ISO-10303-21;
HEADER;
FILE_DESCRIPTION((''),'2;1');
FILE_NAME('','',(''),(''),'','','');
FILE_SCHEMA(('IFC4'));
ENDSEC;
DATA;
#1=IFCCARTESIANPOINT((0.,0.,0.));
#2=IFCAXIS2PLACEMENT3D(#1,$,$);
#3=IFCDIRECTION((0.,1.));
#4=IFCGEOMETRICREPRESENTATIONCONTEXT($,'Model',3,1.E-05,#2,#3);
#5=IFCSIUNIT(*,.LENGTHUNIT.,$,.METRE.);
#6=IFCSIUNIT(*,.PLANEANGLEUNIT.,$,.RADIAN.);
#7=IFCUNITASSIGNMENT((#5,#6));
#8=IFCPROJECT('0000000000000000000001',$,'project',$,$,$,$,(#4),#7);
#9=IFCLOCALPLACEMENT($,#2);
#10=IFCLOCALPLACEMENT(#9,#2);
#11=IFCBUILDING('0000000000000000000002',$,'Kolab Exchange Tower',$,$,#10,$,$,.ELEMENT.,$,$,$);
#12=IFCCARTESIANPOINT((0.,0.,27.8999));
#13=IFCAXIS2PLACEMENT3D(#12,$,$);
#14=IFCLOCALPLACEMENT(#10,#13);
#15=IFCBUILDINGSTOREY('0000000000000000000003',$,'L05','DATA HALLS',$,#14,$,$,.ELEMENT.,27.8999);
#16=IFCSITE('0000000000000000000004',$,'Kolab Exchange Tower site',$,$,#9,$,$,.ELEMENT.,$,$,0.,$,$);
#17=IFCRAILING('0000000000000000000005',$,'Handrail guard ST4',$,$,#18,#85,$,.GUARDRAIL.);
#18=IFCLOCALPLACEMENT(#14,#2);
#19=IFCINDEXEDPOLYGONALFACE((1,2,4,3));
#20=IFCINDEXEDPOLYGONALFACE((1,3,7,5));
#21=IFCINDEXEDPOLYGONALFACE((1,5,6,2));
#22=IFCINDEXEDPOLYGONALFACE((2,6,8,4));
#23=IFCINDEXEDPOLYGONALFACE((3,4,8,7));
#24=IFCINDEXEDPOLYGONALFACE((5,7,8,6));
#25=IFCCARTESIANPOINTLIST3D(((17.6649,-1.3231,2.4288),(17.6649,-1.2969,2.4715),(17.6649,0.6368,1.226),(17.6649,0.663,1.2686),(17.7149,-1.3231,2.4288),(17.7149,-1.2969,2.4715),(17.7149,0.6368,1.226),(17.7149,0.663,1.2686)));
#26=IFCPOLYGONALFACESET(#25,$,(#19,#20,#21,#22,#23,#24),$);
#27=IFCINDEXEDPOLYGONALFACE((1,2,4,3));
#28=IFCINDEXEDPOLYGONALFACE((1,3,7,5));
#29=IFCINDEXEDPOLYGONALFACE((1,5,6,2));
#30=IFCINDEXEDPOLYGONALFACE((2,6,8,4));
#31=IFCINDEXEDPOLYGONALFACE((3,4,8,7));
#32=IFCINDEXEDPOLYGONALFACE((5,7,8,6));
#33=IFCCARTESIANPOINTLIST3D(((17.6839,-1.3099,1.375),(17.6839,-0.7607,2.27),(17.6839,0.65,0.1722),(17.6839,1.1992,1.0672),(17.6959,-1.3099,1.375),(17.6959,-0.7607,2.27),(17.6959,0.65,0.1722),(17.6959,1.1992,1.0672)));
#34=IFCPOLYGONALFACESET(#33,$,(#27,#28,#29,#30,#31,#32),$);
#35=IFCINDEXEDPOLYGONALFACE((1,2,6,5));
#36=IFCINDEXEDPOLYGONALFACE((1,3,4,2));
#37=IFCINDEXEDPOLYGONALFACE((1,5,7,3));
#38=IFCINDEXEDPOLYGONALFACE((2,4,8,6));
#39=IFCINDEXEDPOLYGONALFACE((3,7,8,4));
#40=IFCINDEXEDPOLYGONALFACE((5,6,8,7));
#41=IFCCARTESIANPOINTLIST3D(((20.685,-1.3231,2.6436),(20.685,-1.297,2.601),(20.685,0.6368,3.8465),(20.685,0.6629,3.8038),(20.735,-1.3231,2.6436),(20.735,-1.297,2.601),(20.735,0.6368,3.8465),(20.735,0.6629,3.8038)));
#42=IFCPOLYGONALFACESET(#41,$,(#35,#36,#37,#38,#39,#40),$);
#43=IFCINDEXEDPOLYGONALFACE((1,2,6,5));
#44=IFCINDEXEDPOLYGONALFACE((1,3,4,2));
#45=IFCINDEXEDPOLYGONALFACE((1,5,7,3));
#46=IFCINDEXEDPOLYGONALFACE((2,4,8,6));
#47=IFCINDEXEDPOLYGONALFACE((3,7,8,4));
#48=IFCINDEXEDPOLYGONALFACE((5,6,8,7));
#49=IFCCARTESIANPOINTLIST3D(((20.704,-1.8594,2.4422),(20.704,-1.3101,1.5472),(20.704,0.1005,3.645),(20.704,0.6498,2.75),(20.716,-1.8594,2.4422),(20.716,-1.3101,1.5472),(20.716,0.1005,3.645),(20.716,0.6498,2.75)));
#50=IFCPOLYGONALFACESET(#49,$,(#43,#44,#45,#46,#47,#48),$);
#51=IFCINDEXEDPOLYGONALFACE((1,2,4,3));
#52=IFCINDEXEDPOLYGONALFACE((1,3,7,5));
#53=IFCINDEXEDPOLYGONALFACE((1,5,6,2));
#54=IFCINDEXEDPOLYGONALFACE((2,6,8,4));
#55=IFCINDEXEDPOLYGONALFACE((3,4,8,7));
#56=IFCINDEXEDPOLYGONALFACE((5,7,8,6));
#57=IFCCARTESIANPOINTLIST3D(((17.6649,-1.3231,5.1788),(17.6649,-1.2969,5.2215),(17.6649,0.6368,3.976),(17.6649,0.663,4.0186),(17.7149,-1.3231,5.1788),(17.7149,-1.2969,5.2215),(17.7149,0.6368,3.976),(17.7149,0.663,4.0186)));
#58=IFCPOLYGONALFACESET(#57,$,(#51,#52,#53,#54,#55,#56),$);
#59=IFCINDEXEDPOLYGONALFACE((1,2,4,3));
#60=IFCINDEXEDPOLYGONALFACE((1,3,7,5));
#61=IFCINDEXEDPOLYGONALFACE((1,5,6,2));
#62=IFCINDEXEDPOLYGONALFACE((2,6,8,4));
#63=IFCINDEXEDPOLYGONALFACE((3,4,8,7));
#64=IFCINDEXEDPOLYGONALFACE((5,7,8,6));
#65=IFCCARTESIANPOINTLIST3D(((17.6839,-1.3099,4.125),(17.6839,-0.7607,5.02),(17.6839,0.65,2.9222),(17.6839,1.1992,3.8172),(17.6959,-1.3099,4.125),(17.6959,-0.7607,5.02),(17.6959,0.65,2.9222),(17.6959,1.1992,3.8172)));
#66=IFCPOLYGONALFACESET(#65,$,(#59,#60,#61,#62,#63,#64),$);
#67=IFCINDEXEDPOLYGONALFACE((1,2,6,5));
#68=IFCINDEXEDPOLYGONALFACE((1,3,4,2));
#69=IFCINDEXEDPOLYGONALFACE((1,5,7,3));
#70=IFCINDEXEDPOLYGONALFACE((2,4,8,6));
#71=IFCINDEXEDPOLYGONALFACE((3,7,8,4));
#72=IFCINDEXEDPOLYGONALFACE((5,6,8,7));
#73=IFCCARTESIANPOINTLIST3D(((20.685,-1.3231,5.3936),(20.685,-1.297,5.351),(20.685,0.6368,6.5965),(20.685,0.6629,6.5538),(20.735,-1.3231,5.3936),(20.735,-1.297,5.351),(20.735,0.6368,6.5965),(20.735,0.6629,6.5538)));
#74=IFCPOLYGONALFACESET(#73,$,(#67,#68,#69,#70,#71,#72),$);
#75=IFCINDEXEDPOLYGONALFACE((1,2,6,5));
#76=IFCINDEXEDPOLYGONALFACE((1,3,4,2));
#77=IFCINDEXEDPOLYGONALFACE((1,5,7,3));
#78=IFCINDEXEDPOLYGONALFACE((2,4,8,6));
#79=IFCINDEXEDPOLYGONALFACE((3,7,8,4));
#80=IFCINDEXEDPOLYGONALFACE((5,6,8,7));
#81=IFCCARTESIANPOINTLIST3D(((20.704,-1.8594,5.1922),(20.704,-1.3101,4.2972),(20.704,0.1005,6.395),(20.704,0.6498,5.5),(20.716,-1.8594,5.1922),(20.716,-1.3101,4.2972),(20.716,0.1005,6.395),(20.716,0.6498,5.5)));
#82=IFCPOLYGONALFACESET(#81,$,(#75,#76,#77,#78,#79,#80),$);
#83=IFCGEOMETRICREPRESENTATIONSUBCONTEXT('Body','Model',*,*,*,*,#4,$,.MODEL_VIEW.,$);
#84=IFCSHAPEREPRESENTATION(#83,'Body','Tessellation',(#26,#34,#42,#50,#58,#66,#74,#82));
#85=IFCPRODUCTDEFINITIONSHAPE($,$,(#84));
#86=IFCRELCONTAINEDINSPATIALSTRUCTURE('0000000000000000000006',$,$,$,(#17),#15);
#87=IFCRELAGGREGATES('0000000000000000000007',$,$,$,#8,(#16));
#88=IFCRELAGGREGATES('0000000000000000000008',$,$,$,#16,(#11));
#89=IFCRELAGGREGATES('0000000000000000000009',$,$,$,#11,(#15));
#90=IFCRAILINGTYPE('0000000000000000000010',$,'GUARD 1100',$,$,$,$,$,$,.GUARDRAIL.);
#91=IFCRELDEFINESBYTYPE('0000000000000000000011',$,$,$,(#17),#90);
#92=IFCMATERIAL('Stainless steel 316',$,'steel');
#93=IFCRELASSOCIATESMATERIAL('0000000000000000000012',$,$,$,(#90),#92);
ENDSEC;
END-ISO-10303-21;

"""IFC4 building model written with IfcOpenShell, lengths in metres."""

from ifc_helpers import new_model, si_unit, direction, frame, frame_2d, origin, origin_2d, place, context, subcontext, project, spatial, rectangle, extrude, material, type_object, element, save


model = new_model("IFC4")

# Units and contexts
model_context = context("Model", 3, precision=1e-05, world=origin(), true_north=direction((0.0, 1.0)))
body_context = subcontext(model_context, "Body", "Model", "MODEL_VIEW")
ifc_project = project(units=[si_unit("LENGTHUNIT", "METRE"), si_unit("PLANEANGLEUNIT", "RADIAN")], contexts=[model_context])

# Site, building, storey
site_placement = place(None, origin())
site = spatial("IfcSite", under=ifc_project, at=site_placement, Name="Kolab Exchange Tower site", CompositionType="ELEMENT", RefElevation=0.0)
building_placement = place(site_placement, origin())
building = spatial("IfcBuilding", under=site, at=building_placement, Name="Kolab Exchange Tower", CompositionType="ELEMENT")
storey_placement = place(building_placement, frame((0.0, 0.0, 27.8999)))
storey = spatial("IfcBuildingStorey", under=building, at=storey_placement, Name="L05", Description="DATA HALLS", CompositionType="ELEMENT", Elevation=27.8999)

# Railing
ifc_material_1 = material(Name="Stainless steel 316", Category="steel")
railing_type = type_object("IfcRailingType", Name="GUARD 1100", PredefinedType="GUARDRAIL", material=ifc_material_1)
railing_placement = place(storey_placement, frame((17.6899, 0.6499, 0.1721)))
element("IfcRailing", 1, at=railing_placement, inside=storey, type_object=railing_type, Name="Handrail guard ST4", PredefinedType="GUARDRAIL", context=body_context, shape_type="SweptSolid", body=[
    extrude(rectangle(XDim=0.05, YDim=0.05, at=origin_2d()), frame((0.0, 0.0, 1.0752), z_axis=(0.0, -0.852288, 0.523072), x_axis=(1.0, 0.0, 0.0)), (0.0, 0.0, 1.0), 2.2996),
    extrude(rectangle(XDim=0.012, YDim=1.0501, at=frame_2d((0.0, 0.5251))), frame((0.0, 0.0, 0.0), z_axis=(0.0, -0.852288, 0.523072), x_axis=(1.0, 0.0, 0.0)), (0.0, 0.0, 1.0), 2.2996),
    extrude(rectangle(XDim=0.05, YDim=0.05, at=origin_2d()), frame((3.02, -1.96, 2.4502), z_axis=(0.0, 0.852288, 0.523072), x_axis=(-1.0, 0.0, 0.0)), (0.0, 0.0, 1.0), 2.2996),
    extrude(rectangle(XDim=0.012, YDim=1.0501, at=frame_2d((0.0, 0.5251))), frame((3.02, -1.96, 1.375), z_axis=(0.0, 0.852288, 0.523072), x_axis=(-1.0, 0.0, 0.0)), (0.0, 0.0, 1.0), 2.2996),
    extrude(rectangle(XDim=0.05, YDim=0.05, at=origin_2d()), frame((0.0, 0.0, 3.8252), z_axis=(0.0, -0.852288, 0.523072), x_axis=(1.0, 0.0, 0.0)), (0.0, 0.0, 1.0), 2.2996),
    extrude(rectangle(XDim=0.012, YDim=1.0501, at=frame_2d((0.0, 0.5251))), frame((0.0, 0.0, 2.75), z_axis=(0.0, -0.852288, 0.523072), x_axis=(1.0, 0.0, 0.0)), (0.0, 0.0, 1.0), 2.2996),
    extrude(rectangle(XDim=0.05, YDim=0.05, at=origin_2d()), frame((3.02, -1.96, 5.2002), z_axis=(0.0, 0.852288, 0.523072), x_axis=(-1.0, 0.0, 0.0)), (0.0, 0.0, 1.0), 2.2996),
    extrude(rectangle(XDim=0.012, YDim=1.0501, at=frame_2d((0.0, 0.5251))), frame((3.02, -1.96, 4.125), z_axis=(0.0, 0.852288, 0.523072), x_axis=(-1.0, 0.0, 0.0)), (0.0, 0.0, 1.0), 2.2996),
])

save(model, "model.ifc")
